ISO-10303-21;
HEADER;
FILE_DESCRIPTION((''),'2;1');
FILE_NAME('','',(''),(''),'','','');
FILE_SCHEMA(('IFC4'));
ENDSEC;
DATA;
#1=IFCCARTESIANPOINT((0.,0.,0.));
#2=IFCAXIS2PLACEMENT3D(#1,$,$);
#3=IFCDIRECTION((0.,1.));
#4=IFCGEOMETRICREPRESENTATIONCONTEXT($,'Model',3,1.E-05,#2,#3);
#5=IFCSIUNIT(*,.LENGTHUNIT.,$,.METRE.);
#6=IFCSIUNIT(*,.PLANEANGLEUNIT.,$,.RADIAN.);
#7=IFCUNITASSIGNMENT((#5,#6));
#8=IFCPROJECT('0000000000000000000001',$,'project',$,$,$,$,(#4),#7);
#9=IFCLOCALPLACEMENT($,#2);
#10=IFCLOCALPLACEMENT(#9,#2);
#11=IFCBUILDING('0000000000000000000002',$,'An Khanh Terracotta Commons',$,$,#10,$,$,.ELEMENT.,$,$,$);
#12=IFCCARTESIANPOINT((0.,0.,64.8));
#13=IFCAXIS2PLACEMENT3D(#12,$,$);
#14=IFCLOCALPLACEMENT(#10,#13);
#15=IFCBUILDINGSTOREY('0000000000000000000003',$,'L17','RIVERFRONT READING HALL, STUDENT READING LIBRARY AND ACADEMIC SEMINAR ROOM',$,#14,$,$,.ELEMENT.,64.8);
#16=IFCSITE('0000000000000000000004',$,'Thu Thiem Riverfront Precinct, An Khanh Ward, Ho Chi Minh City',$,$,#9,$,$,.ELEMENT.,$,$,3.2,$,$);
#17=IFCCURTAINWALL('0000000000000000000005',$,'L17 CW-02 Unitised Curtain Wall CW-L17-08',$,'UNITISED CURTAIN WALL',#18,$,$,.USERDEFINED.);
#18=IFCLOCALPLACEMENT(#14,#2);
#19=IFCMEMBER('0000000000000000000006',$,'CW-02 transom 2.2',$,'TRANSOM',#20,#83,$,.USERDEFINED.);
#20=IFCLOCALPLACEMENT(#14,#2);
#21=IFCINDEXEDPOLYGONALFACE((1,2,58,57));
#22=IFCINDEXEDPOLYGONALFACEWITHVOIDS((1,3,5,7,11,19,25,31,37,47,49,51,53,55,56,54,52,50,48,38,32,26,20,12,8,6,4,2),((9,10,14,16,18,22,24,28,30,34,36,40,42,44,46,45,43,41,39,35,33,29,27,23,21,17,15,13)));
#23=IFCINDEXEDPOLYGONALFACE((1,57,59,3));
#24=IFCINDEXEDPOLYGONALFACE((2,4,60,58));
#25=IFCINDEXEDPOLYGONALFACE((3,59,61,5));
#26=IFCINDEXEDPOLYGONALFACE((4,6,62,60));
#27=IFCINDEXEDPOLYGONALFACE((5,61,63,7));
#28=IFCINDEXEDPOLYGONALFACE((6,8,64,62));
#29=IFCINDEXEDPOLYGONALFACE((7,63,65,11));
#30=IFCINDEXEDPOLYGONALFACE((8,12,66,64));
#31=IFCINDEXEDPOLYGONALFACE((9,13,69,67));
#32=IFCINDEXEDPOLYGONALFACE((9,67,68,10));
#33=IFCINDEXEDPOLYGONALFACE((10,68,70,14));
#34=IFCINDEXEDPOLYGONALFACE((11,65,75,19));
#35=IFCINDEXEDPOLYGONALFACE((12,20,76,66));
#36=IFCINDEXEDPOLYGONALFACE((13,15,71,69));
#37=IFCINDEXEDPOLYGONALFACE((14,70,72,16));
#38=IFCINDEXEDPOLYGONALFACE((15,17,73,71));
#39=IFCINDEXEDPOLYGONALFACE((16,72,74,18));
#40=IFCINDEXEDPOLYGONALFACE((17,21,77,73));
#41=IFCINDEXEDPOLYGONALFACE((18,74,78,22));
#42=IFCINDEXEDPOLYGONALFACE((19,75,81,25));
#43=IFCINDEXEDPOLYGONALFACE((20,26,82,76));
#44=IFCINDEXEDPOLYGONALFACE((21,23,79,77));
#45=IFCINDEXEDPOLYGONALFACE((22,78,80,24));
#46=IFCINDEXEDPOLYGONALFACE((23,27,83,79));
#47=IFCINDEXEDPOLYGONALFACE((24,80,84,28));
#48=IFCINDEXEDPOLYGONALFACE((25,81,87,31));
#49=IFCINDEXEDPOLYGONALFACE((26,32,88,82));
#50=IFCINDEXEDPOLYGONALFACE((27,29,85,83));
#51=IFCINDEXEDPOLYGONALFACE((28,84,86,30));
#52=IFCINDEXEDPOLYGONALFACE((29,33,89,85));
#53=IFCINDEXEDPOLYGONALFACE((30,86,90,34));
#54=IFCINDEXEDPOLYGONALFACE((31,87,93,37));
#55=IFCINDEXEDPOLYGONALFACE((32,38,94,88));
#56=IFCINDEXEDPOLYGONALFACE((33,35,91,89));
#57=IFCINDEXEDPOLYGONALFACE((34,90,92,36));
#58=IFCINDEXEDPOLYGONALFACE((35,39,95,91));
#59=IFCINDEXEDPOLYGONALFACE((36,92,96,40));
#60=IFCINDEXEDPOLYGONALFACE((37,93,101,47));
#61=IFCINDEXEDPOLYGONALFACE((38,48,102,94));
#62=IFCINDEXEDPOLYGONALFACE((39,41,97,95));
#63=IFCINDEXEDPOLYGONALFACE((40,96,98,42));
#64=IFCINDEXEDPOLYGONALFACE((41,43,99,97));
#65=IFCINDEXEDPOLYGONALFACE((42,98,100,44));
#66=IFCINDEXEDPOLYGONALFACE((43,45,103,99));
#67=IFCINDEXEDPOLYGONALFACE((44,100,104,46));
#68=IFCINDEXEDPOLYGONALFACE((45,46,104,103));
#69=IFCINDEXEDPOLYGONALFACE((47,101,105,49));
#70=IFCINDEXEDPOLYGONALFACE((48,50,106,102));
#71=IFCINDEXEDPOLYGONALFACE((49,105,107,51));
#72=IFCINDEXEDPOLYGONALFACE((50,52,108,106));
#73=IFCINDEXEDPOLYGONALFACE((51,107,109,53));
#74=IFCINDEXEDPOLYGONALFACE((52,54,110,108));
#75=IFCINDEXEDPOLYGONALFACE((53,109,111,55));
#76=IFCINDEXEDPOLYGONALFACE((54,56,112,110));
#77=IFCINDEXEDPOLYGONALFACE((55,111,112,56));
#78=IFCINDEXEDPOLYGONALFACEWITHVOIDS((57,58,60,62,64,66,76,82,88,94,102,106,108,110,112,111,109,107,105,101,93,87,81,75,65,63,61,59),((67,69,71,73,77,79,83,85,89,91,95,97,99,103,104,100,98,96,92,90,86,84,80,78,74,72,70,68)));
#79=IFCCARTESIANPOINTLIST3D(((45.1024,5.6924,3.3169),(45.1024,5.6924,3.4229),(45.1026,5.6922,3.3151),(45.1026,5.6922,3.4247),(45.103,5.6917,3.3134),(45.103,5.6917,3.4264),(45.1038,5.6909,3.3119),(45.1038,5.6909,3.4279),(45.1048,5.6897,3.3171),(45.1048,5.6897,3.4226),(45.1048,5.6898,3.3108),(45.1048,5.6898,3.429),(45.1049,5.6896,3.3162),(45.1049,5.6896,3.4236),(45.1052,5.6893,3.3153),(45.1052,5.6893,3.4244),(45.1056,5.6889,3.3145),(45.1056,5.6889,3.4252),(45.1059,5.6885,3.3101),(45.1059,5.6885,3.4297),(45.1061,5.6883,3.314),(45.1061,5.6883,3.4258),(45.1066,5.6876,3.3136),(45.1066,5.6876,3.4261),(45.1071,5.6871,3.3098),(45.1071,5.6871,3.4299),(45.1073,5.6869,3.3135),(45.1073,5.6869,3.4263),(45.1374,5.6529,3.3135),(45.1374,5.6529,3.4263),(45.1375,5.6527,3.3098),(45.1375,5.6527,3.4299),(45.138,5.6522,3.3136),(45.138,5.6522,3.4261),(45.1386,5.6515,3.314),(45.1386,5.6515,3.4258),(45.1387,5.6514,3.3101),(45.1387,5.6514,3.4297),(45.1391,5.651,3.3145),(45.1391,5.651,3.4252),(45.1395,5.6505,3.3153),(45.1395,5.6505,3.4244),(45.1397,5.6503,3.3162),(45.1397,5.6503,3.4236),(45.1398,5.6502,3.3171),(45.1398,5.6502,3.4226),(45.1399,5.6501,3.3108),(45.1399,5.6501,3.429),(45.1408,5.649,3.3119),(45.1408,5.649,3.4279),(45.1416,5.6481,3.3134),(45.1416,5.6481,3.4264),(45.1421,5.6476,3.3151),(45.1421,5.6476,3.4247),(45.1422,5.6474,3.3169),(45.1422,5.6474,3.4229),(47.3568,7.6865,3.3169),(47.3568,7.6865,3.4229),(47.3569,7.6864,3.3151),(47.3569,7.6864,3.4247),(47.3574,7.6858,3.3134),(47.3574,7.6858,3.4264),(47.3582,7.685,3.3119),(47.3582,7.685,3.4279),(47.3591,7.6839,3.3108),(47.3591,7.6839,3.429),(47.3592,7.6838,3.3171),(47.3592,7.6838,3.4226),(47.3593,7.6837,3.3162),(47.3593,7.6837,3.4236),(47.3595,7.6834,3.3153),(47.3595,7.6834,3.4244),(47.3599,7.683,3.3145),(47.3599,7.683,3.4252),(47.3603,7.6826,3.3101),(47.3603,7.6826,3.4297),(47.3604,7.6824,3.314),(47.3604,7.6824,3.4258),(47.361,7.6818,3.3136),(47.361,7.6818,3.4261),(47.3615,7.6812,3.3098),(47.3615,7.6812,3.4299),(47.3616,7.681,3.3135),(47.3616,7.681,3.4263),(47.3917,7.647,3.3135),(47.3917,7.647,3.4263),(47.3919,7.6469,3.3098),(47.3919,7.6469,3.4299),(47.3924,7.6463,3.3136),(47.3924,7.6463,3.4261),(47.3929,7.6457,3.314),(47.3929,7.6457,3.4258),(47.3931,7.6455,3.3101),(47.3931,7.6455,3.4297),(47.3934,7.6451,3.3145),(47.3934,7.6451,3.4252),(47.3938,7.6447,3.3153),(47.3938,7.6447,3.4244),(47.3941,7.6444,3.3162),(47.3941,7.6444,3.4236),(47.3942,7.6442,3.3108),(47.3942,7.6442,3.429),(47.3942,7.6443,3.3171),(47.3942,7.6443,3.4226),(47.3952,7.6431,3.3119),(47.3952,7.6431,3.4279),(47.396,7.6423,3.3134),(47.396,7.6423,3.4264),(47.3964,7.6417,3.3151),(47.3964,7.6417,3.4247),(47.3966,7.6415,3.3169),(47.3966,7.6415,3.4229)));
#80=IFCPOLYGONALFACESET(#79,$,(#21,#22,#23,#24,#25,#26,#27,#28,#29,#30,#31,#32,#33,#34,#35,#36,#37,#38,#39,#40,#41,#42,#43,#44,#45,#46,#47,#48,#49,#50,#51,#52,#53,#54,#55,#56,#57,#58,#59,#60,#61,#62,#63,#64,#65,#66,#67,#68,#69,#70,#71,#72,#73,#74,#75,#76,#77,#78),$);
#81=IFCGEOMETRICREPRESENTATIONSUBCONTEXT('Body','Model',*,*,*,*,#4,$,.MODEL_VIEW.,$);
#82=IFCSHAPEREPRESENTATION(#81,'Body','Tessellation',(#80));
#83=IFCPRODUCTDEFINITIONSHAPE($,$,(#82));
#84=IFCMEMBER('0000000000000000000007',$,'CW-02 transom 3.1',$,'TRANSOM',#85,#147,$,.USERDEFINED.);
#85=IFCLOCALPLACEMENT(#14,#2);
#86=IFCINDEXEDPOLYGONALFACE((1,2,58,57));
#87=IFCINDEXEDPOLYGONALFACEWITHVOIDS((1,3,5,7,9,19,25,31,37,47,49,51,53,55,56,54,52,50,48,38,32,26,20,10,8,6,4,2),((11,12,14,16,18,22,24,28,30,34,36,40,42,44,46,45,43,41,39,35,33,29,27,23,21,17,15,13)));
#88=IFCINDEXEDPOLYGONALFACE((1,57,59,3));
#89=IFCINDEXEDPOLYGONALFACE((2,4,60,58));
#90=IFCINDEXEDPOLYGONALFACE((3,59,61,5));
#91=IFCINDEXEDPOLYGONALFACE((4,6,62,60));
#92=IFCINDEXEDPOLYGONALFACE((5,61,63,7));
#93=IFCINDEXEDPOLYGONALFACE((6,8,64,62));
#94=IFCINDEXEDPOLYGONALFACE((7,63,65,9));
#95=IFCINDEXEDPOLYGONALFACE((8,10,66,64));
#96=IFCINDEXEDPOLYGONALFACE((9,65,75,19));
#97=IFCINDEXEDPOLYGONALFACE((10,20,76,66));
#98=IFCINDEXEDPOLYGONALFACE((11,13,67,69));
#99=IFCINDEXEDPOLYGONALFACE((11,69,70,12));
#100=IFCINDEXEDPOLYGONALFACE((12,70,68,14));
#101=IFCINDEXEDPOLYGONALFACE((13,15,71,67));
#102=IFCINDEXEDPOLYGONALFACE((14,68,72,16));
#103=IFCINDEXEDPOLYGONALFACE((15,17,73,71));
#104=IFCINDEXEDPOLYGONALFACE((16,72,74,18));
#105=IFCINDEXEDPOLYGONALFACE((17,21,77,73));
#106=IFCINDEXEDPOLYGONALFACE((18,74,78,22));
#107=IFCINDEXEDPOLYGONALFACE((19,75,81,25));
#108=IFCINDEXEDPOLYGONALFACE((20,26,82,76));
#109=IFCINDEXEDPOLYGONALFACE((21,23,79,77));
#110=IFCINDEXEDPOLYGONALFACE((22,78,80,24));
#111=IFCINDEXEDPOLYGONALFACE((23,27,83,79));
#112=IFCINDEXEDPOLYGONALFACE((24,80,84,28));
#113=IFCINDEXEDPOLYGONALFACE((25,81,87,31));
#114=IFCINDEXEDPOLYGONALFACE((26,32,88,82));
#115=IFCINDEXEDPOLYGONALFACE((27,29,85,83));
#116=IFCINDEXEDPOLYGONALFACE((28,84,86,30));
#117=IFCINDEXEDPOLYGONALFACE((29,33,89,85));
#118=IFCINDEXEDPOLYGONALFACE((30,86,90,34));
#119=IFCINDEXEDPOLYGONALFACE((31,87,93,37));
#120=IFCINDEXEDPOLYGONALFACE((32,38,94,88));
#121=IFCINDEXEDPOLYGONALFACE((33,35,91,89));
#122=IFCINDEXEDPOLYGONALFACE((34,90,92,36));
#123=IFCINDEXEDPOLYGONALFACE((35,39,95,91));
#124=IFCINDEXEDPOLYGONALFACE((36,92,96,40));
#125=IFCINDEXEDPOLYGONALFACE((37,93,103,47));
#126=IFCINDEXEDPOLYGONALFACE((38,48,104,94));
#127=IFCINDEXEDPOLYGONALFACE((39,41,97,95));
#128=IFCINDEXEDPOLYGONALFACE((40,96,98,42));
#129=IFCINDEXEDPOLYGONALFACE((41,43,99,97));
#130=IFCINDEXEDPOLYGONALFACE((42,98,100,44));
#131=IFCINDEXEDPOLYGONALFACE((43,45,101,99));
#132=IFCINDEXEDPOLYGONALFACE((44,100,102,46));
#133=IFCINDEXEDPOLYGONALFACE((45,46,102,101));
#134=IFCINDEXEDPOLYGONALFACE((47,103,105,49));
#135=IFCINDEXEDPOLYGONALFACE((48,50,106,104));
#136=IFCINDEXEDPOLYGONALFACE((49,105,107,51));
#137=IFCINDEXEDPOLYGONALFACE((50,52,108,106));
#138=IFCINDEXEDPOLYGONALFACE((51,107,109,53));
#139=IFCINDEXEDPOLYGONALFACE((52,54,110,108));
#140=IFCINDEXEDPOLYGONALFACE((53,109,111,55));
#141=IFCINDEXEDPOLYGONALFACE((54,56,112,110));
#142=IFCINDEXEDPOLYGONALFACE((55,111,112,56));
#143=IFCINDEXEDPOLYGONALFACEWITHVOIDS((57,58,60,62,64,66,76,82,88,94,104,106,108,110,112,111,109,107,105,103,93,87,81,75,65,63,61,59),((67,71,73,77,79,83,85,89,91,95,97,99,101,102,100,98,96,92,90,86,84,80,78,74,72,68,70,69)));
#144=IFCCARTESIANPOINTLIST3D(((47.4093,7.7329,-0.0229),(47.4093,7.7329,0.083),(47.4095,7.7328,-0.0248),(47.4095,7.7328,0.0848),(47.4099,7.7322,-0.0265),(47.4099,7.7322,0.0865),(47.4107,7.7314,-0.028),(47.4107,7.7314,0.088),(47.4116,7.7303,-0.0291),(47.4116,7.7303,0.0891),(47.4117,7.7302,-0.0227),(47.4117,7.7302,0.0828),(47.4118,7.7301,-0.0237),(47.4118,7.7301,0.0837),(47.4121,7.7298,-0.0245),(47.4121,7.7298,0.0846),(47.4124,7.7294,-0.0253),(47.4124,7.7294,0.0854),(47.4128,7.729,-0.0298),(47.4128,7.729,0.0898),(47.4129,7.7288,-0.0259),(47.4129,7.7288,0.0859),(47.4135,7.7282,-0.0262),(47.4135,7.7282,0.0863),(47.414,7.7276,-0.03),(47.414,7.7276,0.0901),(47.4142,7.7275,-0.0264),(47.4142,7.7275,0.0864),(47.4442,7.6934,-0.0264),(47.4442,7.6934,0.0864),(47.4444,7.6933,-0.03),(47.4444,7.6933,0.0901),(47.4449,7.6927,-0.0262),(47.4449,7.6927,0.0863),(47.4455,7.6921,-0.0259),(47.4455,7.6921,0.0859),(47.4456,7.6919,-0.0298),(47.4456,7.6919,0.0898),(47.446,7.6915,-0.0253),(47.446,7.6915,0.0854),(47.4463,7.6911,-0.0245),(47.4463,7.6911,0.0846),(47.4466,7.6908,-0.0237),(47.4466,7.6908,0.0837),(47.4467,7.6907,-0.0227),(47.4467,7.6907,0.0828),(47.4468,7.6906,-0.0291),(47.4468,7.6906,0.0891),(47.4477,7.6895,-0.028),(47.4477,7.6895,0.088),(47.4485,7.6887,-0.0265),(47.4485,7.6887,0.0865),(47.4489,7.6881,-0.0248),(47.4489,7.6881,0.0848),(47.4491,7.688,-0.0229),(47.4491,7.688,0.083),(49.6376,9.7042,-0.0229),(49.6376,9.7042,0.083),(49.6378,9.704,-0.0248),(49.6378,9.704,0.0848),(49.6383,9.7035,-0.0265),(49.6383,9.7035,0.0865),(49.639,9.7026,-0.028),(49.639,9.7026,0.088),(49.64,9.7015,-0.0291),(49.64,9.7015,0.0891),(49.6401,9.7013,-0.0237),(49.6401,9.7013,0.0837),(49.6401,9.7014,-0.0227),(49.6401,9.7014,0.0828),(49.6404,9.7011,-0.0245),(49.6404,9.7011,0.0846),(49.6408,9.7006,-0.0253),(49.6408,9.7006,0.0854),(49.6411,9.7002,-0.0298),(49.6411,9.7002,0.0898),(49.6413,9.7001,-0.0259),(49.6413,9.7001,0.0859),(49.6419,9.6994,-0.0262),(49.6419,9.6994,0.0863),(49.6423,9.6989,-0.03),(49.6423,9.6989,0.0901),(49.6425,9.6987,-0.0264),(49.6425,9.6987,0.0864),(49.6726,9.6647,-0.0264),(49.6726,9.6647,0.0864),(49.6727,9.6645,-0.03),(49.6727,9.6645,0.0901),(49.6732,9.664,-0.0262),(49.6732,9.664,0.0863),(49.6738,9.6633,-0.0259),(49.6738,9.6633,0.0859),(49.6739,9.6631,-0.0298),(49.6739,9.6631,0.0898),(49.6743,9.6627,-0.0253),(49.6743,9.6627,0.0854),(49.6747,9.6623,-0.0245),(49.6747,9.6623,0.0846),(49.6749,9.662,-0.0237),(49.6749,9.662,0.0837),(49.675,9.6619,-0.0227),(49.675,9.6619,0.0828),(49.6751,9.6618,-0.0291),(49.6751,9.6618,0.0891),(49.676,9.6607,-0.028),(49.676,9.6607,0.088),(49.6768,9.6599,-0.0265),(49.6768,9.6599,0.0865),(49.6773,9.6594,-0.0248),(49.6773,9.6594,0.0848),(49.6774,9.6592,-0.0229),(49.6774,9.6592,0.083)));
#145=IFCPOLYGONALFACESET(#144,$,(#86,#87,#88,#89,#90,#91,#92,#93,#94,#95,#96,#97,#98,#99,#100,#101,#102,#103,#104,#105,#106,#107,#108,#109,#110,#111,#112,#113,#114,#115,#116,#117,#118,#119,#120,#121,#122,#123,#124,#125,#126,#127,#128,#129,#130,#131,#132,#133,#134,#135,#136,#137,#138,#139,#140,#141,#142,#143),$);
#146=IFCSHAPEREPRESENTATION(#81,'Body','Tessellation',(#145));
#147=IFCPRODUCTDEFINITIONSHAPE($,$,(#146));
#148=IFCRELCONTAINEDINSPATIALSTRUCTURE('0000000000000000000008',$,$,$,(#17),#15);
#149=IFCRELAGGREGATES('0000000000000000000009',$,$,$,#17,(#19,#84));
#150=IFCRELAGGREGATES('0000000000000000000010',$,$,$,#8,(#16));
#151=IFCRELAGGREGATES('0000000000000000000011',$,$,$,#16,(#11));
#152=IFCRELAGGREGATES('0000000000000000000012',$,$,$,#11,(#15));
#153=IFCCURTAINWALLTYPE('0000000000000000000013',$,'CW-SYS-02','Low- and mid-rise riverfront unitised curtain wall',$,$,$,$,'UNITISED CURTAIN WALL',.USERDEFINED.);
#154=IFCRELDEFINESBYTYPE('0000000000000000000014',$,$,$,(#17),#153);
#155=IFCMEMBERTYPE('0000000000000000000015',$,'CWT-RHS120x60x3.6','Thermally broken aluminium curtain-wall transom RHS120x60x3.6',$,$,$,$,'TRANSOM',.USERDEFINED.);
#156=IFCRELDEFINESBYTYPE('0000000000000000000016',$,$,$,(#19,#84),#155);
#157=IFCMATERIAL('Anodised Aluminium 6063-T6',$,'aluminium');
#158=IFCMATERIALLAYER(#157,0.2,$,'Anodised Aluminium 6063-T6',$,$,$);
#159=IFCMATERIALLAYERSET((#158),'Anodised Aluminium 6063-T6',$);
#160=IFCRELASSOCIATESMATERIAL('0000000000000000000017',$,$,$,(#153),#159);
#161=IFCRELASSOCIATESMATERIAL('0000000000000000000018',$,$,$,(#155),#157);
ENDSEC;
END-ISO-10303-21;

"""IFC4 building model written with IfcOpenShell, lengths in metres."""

from ifc_helpers import new_model, si_unit, direction, frame, origin, origin_2d, place, context, subcontext, project, spatial, hollow_rectangle, extrude, material, layer, layer_set, material_profile, profile_set, type_object, element, aggregate, save


model = new_model("IFC4")

# Units and contexts
model_context = context("Model", 3, precision=1e-05, world=origin(), true_north=direction((0.0, 1.0)))
body_context = subcontext(model_context, "Body", "Model", "MODEL_VIEW")
ifc_project = project(units=[si_unit("LENGTHUNIT", "METRE"), si_unit("PLANEANGLEUNIT", "RADIAN")], contexts=[model_context])

# Site, building, storey
site_placement = place(None, origin())
site = spatial("IfcSite", under=ifc_project, at=site_placement, Name="Thu Thiem Riverfront Precinct, An Khanh Ward, Ho Chi Minh City", CompositionType="ELEMENT", RefElevation=3.2)
building_placement = place(site_placement, origin())
building = spatial("IfcBuilding", under=site, at=building_placement, Name="An Khanh Terracotta Commons", CompositionType="ELEMENT")
storey_placement = place(building_placement, frame((0.0, 0.0, 64.8)))
storey = spatial("IfcBuildingStorey", under=building, at=storey_placement, Name="L17", Description="RIVERFRONT READING HALL, STUDENT READING LIBRARY AND ACADEMIC SEMINAR ROOM", CompositionType="ELEMENT", Elevation=64.8)

# Curtain wall
ifc_material_1 = material(Name="Anodised Aluminium 6063-T6", Category="aluminium")
ifc_layer_1 = layer(ifc_material_1, 0.2, Name="Anodised Aluminium 6063-T6")
ifc_layer_set_1 = layer_set([ifc_layer_1], Name="Anodised Aluminium 6063-T6")
curtain_wall_type = type_object("IfcCurtainWallType", Name="CW-SYS-02", Description="Low- and mid-rise riverfront unitised curtain wall", ElementType="UNITISED CURTAIN WALL", PredefinedType="USERDEFINED", material=ifc_layer_set_1)
curtain_wall_1_placement = place(storey_placement, origin())
curtain_wall_1 = element("IfcCurtainWall", 1, at=curtain_wall_1_placement, inside=storey, type_object=curtain_wall_type, Name="L17 CW-02 Unitised Curtain Wall CW-L17-08", ObjectType="UNITISED CURTAIN WALL", PredefinedType="USERDEFINED")

# Members
ifc_material_profile_1 = material_profile(ifc_material_1, hollow_rectangle(XDim=0.0601, YDim=0.1201, WallThickness=0.0037, InnerFilletRadius=0.0037, OuterFilletRadius=0.0071, at=origin_2d()), Name="RHS120x60x3.6")
ifc_profile_set_1 = profile_set([ifc_material_profile_1], Name="Anodised Aluminium 6063-T6")
member_type_1 = type_object("IfcMemberType", Name="CWT-RHS120x60x3.6", Description="Thermally broken aluminium curtain-wall transom RHS120x60x3.6", ElementType="TRANSOM", PredefinedType="USERDEFINED", material=ifc_profile_set_1)
member_1_placement = place(storey_placement, frame((45.1223, 5.6699, 3.3699), z_axis=(0.749018, 0.662549, 0.0), x_axis=(-0.662549, 0.749018, 0.0)))
member_1 = element("IfcMember", 2, at=member_1_placement, type_object=member_type_1, Name="CW-02 transom 2.2", ObjectType="TRANSOM", PredefinedType="USERDEFINED", context=body_context, shape_type="SweptSolid", body=[
    extrude(hollow_rectangle(XDim=0.0601, YDim=0.1201, WallThickness=0.0037, InnerFilletRadius=0.0037, OuterFilletRadius=0.0071, at=origin_2d()), origin(), (0.0, 0.0, 1.0), 3.0098),
])
member_2_placement = place(storey_placement, frame((47.4292, 7.7104, 0.03), z_axis=(0.748992, 0.662579, 0.0), x_axis=(-0.662579, 0.748992, 0.0)))
member_2 = element("IfcMember", 3, at=member_2_placement, type_object=member_type_1, Name="CW-02 transom 3.1", ObjectType="TRANSOM", PredefinedType="USERDEFINED", context=body_context, shape_type="SweptSolid", body=[
    extrude(hollow_rectangle(XDim=0.0601, YDim=0.1201, WallThickness=0.0037, InnerFilletRadius=0.0037, OuterFilletRadius=0.0071, at=origin_2d()), origin(), (0.0, 0.0, 1.0), 2.9751),
])

aggregate(curtain_wall_1, [member_1, member_2])

save(model, "model.ifc")
